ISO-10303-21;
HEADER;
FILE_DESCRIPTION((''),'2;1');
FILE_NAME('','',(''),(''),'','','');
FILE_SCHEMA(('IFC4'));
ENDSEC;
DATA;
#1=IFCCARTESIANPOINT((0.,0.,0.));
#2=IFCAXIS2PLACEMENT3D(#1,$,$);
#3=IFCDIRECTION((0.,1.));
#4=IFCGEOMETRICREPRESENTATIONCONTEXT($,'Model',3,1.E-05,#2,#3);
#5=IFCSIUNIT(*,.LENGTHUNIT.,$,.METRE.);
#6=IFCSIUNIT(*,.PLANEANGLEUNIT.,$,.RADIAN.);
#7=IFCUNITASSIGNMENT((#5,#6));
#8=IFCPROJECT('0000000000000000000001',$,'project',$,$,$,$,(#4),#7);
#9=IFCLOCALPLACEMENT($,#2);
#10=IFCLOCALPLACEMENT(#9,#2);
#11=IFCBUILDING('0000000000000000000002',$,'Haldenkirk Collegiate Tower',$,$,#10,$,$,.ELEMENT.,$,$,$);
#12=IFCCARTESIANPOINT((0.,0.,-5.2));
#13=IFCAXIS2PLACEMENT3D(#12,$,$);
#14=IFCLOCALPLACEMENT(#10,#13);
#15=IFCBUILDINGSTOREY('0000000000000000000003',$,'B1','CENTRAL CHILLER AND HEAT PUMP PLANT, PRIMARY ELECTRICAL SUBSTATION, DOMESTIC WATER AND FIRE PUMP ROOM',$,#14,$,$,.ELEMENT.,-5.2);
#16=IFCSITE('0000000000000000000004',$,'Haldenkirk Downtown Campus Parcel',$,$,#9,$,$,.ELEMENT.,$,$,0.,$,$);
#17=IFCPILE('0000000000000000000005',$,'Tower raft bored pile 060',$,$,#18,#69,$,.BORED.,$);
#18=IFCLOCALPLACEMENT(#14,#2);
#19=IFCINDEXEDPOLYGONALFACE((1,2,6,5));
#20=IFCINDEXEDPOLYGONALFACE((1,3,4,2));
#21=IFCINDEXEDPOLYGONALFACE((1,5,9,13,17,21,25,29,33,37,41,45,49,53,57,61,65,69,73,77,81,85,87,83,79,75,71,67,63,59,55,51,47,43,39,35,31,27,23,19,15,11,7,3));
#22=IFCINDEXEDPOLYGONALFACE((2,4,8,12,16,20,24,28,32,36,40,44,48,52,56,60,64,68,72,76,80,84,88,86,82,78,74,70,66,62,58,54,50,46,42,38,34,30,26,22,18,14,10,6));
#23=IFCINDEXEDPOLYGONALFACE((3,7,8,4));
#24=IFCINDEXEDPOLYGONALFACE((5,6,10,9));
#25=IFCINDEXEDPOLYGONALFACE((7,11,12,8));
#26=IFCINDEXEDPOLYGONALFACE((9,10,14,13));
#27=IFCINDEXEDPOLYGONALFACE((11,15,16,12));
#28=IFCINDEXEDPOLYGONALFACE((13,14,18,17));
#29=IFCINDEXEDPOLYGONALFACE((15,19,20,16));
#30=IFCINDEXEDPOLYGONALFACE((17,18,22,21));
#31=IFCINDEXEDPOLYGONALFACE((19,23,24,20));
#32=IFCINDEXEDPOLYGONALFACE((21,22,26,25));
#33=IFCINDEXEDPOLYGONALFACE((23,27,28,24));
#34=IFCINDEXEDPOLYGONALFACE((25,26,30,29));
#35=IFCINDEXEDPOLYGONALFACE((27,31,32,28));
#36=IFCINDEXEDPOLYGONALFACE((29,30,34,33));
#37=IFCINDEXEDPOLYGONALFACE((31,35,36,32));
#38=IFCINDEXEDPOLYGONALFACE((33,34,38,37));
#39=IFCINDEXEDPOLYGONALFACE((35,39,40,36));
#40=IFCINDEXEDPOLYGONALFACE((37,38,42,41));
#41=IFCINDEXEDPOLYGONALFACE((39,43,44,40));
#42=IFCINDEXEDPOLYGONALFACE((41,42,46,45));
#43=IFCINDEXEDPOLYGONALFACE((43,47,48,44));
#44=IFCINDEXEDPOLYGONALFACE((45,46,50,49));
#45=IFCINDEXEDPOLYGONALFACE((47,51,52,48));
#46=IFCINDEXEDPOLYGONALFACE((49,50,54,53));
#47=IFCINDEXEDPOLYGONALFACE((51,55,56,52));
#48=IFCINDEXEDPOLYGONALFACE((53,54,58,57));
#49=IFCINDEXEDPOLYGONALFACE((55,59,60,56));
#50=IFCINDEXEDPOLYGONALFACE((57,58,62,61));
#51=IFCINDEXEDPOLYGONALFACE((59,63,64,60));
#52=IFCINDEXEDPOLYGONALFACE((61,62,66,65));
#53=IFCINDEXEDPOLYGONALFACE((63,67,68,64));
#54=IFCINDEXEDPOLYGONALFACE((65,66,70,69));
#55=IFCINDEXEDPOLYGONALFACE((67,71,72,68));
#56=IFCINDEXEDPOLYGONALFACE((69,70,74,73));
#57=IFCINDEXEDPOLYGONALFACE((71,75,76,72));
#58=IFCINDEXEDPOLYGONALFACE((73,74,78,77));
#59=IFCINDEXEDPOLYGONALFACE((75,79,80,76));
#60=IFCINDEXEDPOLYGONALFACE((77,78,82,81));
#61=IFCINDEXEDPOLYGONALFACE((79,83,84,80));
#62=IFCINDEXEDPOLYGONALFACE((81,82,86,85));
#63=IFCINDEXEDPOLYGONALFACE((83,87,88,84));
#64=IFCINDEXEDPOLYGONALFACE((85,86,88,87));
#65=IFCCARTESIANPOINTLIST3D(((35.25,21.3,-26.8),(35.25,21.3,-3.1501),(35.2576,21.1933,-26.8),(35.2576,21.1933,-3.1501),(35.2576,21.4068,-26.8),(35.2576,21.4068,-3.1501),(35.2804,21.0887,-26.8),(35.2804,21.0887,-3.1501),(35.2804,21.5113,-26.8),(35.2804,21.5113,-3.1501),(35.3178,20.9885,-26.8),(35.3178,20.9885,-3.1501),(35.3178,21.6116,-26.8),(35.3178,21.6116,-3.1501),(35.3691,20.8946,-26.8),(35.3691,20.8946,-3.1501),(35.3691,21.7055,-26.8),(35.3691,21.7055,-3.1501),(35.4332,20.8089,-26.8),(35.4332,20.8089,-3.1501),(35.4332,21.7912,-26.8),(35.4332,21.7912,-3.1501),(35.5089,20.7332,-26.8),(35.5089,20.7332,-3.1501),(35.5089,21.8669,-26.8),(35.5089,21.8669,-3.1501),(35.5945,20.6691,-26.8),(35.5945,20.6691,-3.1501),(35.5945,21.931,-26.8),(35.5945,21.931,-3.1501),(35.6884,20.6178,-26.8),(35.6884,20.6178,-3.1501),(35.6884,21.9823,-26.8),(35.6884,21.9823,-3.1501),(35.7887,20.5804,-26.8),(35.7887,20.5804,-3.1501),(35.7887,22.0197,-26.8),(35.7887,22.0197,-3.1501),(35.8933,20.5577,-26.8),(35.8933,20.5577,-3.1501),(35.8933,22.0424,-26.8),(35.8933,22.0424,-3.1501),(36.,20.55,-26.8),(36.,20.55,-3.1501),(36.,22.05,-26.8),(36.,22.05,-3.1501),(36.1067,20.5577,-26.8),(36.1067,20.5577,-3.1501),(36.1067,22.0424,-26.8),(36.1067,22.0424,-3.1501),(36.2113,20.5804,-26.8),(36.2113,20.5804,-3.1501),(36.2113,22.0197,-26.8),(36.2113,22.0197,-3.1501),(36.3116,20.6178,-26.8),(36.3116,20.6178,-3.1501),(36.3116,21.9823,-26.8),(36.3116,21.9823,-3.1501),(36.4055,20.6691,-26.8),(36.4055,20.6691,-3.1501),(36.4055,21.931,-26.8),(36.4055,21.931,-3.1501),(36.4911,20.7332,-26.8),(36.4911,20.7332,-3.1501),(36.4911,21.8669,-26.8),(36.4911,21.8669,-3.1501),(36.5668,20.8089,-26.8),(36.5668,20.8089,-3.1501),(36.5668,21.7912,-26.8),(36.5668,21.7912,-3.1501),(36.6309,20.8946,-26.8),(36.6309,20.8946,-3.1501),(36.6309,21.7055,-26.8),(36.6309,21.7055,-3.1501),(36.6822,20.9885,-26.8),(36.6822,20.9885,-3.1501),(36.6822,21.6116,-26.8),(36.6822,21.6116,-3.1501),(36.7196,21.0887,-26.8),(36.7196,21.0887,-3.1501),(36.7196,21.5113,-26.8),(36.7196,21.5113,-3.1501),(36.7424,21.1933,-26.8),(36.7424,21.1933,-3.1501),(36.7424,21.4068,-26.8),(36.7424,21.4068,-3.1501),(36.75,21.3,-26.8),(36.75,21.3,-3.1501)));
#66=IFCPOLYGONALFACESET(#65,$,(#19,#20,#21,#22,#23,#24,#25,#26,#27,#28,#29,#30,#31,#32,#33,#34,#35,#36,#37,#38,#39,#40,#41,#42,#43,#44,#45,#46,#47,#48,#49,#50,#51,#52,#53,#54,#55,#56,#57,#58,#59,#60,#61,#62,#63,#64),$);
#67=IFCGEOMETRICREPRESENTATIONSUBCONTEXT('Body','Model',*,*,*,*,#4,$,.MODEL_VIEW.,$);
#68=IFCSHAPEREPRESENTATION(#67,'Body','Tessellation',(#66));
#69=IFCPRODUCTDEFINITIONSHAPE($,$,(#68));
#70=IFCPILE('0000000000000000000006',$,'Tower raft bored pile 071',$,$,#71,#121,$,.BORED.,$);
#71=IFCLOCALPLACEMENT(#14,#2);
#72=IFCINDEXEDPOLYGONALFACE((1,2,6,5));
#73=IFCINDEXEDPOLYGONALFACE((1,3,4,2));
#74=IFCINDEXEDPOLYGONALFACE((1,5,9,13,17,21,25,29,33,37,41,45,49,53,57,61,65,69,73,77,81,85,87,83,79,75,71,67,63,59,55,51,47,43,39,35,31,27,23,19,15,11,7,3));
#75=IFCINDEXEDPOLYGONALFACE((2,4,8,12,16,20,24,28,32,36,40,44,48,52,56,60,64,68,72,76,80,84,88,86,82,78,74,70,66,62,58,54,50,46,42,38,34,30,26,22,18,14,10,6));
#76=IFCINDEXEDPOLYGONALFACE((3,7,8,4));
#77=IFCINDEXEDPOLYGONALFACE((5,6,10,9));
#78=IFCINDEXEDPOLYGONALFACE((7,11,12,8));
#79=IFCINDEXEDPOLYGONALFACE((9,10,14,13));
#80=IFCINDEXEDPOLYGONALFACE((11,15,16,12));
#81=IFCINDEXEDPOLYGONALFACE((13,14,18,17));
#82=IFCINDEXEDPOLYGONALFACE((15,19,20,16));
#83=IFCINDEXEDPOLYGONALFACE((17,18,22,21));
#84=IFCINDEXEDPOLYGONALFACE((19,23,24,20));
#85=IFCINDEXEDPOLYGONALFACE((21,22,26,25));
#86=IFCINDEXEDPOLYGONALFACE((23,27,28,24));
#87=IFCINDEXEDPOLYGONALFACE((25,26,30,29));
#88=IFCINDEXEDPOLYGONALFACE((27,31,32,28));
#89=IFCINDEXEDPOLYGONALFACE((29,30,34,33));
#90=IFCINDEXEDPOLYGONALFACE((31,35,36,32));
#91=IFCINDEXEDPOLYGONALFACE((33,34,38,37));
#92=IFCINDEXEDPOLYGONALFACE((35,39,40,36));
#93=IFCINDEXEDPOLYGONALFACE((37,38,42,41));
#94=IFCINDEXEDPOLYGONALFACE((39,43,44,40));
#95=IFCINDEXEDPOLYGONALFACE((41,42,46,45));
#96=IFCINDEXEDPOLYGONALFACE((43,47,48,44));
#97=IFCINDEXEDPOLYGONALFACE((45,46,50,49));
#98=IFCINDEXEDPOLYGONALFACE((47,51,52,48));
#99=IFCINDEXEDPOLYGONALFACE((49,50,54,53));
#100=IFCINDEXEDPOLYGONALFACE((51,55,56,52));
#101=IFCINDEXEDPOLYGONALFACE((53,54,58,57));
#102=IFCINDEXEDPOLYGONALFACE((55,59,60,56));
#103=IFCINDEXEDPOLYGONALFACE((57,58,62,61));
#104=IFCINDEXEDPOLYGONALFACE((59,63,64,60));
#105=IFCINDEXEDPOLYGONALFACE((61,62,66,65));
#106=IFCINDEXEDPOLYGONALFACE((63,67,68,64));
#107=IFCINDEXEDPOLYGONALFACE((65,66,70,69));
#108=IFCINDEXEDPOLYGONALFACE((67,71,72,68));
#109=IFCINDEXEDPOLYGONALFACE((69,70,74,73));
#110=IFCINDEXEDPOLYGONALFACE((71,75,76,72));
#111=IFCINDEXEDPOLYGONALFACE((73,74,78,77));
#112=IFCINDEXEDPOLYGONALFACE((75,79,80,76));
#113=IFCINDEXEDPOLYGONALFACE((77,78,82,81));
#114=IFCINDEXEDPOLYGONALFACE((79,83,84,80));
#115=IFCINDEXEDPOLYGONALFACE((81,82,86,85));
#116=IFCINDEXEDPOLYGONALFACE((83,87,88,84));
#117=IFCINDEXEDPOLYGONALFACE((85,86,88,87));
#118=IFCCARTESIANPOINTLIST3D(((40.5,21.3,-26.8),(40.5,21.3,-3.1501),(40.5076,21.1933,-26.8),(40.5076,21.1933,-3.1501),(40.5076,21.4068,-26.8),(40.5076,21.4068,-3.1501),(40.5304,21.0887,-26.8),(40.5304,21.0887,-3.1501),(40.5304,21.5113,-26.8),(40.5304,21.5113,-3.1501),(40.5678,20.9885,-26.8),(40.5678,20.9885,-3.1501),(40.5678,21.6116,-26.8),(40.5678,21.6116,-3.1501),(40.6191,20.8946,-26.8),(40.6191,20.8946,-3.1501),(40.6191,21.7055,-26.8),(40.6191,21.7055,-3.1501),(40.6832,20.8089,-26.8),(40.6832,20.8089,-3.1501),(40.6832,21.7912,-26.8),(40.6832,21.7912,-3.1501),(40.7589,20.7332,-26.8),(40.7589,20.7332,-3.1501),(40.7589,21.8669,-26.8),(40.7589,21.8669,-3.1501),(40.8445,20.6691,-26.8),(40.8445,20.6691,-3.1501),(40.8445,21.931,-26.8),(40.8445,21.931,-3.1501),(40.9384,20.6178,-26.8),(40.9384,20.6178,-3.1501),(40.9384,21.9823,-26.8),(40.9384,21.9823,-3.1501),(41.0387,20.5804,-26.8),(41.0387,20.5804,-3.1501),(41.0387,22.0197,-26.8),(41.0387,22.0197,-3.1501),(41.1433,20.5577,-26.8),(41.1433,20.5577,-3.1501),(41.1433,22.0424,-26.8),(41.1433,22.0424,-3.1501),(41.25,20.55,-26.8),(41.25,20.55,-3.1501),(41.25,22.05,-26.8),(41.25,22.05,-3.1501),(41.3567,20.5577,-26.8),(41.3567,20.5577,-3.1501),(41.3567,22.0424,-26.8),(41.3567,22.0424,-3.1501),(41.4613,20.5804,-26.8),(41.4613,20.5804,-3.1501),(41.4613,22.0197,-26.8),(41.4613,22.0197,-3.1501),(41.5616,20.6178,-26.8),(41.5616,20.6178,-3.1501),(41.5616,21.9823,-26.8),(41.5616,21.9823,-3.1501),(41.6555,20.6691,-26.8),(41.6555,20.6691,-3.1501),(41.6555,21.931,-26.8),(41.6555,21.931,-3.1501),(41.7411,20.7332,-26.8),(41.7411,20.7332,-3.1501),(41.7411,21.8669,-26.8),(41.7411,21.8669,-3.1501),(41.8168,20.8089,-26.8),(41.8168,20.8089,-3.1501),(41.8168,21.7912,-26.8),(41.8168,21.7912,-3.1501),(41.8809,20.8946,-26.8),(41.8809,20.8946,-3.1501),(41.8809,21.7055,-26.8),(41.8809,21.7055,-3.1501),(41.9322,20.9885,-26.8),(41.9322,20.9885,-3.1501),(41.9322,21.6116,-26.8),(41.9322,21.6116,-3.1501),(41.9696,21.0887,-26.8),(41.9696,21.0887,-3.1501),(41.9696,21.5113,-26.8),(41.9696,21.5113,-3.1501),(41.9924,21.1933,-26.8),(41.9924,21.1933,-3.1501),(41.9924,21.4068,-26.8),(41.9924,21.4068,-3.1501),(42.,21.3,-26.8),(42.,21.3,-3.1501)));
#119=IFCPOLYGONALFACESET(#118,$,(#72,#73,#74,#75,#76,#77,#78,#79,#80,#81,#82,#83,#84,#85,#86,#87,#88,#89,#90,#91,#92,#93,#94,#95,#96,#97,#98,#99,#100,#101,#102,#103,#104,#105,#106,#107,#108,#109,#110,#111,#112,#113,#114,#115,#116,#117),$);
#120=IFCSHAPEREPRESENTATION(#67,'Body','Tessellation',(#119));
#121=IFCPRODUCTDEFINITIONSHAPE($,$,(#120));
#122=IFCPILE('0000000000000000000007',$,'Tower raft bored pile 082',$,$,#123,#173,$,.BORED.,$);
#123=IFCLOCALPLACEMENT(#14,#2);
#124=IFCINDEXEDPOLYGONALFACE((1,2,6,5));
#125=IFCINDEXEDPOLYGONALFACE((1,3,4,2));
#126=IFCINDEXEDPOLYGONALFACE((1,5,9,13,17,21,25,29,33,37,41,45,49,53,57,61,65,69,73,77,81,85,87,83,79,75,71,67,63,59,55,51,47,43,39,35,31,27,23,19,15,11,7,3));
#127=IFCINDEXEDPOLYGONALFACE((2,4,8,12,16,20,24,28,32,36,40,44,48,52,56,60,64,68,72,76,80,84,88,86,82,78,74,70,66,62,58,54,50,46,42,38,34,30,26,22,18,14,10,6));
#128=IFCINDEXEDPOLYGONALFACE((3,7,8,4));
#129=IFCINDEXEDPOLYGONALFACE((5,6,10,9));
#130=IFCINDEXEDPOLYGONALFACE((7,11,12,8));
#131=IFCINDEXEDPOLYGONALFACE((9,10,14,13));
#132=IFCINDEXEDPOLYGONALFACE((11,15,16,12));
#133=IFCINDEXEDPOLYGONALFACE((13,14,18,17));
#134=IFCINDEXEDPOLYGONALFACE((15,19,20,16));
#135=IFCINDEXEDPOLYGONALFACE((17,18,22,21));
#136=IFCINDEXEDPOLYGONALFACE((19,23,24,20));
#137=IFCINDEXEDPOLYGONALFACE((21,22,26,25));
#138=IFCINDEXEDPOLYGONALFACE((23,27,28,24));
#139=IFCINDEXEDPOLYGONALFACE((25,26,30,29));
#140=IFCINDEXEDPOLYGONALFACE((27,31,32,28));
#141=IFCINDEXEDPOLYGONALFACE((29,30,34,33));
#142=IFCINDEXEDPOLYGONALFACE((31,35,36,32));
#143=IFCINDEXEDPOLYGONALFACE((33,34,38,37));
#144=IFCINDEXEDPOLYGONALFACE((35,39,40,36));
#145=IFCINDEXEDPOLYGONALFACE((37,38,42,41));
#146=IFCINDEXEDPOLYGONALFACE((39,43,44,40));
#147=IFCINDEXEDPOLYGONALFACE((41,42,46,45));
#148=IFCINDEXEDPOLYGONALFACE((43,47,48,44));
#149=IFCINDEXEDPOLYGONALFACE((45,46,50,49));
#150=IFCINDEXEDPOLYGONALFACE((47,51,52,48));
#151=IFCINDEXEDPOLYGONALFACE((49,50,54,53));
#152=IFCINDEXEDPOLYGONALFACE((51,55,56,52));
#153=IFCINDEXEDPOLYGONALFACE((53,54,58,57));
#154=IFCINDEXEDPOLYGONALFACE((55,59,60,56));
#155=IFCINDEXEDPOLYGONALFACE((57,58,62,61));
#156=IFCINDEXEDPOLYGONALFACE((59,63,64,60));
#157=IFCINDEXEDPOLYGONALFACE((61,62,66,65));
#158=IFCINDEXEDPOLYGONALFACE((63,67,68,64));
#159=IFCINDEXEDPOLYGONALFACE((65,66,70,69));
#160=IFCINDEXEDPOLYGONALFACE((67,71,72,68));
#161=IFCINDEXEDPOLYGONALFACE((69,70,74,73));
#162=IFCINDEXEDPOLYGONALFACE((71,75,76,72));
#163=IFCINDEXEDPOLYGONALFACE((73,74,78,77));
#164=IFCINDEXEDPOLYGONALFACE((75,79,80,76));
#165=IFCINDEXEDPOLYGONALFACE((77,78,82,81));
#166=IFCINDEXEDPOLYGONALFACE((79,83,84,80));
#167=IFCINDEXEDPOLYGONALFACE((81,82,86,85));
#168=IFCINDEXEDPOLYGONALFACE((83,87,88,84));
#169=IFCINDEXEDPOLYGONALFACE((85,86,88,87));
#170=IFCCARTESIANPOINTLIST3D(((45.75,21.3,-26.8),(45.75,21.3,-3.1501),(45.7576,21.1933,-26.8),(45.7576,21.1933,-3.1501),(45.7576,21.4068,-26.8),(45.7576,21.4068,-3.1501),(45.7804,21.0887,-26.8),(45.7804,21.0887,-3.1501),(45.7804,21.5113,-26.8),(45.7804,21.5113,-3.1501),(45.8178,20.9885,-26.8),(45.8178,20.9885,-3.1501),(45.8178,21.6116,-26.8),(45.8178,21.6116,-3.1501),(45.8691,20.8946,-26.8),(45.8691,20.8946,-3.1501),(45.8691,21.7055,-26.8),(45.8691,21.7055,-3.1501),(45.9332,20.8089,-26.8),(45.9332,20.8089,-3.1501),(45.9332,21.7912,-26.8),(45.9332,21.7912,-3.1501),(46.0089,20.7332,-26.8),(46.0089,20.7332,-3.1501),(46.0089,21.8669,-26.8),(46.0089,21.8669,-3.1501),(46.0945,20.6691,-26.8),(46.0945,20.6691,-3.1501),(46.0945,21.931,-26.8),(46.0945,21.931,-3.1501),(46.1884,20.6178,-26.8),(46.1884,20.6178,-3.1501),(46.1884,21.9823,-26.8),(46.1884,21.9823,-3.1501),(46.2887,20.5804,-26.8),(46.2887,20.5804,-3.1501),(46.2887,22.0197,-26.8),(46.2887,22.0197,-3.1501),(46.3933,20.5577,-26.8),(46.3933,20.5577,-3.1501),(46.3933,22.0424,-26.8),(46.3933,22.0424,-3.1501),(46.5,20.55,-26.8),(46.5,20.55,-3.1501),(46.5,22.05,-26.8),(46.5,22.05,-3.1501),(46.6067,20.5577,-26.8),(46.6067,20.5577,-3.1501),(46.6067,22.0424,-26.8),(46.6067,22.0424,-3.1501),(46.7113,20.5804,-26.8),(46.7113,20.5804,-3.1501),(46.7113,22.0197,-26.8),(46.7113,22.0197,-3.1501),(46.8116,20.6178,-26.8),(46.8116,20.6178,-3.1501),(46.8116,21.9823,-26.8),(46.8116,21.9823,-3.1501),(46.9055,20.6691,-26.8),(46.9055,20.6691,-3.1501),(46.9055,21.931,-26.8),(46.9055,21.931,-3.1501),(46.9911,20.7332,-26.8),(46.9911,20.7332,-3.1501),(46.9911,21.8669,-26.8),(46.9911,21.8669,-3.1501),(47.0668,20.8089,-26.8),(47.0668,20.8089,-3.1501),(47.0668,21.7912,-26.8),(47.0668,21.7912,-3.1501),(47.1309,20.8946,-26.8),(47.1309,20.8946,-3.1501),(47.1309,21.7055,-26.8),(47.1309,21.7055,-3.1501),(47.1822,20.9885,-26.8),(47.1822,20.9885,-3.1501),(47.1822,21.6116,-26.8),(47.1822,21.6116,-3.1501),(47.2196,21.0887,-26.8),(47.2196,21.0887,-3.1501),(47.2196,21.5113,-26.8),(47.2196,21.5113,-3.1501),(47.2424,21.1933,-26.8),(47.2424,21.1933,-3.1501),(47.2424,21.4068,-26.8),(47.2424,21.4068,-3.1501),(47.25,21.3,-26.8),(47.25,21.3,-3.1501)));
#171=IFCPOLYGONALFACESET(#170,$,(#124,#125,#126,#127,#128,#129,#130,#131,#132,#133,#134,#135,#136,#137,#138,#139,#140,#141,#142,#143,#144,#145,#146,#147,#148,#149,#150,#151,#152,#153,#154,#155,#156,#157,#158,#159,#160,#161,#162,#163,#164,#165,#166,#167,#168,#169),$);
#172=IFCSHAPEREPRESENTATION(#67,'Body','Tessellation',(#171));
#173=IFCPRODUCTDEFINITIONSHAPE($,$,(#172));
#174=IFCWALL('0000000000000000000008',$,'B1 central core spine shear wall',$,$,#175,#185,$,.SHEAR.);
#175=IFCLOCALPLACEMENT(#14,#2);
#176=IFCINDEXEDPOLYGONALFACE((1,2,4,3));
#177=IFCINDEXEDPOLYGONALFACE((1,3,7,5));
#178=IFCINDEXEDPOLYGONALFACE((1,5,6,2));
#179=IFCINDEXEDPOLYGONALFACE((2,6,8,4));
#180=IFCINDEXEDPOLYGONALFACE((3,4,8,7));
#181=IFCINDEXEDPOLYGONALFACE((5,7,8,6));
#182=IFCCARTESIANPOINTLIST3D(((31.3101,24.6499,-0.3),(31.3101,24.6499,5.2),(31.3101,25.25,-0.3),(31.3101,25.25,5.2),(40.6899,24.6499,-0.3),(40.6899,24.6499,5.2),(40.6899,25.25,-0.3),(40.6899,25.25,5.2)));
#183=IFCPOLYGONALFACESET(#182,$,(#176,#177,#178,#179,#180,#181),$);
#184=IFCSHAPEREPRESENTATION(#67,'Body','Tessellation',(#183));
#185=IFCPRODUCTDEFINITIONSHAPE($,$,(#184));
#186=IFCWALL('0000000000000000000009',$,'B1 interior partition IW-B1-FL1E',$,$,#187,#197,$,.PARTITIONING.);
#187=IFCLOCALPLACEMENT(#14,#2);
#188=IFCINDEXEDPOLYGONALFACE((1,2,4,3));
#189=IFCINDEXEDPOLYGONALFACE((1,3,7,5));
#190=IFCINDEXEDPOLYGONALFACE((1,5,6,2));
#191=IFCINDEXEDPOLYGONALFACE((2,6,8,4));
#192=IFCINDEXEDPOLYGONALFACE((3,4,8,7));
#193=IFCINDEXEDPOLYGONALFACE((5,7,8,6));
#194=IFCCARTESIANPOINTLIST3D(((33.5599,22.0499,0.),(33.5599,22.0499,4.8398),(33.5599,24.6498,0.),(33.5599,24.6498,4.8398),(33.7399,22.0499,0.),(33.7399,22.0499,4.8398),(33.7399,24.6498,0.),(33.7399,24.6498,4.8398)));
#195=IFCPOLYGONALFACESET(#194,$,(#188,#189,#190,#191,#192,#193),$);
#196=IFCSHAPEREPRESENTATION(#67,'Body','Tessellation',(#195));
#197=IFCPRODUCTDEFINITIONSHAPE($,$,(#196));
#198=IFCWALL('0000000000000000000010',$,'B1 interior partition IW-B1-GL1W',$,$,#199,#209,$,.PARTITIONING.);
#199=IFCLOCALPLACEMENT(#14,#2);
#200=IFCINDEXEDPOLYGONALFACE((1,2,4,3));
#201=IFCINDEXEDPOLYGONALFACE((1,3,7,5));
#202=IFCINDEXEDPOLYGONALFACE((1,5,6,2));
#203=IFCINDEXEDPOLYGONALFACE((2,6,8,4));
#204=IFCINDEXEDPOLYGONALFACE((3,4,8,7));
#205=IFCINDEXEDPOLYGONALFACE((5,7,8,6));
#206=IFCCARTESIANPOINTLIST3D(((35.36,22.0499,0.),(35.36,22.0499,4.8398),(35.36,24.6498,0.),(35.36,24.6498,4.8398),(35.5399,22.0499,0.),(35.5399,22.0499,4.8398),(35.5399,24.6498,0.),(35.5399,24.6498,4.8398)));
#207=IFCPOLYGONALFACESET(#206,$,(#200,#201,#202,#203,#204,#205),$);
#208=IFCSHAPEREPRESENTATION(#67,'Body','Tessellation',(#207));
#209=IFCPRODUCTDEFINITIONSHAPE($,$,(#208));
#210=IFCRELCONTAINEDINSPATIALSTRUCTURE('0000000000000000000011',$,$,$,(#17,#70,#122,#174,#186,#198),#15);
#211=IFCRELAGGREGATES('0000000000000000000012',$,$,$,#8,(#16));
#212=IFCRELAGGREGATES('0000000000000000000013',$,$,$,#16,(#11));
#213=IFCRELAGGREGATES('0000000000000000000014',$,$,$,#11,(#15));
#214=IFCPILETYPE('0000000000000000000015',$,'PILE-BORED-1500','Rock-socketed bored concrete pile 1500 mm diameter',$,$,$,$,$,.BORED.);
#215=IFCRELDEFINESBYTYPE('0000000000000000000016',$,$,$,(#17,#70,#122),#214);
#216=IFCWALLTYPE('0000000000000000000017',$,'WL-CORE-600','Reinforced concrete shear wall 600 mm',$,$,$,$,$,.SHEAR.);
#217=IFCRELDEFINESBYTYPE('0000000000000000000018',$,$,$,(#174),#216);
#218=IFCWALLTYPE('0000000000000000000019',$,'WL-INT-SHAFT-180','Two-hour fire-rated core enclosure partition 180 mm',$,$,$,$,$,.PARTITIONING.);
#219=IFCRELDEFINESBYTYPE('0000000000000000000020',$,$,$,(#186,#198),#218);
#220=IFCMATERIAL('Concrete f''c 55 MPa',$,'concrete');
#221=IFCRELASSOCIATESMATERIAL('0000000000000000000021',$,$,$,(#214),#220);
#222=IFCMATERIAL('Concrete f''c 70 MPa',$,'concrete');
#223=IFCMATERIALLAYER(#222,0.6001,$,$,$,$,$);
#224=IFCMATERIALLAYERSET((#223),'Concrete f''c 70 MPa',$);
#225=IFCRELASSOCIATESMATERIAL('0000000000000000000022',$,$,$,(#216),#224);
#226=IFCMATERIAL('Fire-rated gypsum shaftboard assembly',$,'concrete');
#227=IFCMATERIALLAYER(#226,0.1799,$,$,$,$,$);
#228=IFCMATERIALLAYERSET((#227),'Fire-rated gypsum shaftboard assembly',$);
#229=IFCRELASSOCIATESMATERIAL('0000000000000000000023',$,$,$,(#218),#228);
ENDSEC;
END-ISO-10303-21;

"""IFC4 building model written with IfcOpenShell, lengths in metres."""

from ifc_helpers import new_model, si_unit, direction, frame, frame_2d, origin, origin_2d, place, context, subcontext, project, spatial, rectangle, circle, extrude, material, layer, layer_set, material_profile, profile_set, type_object, element, save


model = new_model("IFC4")

# Units and contexts
model_context = context("Model", 3, precision=1e-05, world=origin(), true_north=direction((0.0, 1.0)))
body_context = subcontext(model_context, "Body", "Model", "MODEL_VIEW")
ifc_project = project(units=[si_unit("LENGTHUNIT", "METRE"), si_unit("PLANEANGLEUNIT", "RADIAN")], contexts=[model_context])

# Site, building, storey
site_placement = place(None, origin())
site = spatial("IfcSite", under=ifc_project, at=site_placement, Name="Haldenkirk Downtown Campus Parcel", CompositionType="ELEMENT", RefElevation=0.0)
building_placement = place(site_placement, origin())
building = spatial("IfcBuilding", under=site, at=building_placement, Name="Haldenkirk Collegiate Tower", CompositionType="ELEMENT")
storey_placement = place(building_placement, frame((0.0, 0.0, -5.2)))
storey = spatial("IfcBuildingStorey", under=building, at=storey_placement, Name="B1", Description="CENTRAL CHILLER AND HEAT PUMP PLANT, PRIMARY ELECTRICAL SUBSTATION, DOMESTIC WATER AND FIRE PUMP ROOM", CompositionType="ELEMENT", Elevation=-5.2)

# Piles
ifc_material_1 = material(Name="Concrete f'c 55 MPa", Category="concrete")
ifc_material_profile = material_profile(ifc_material_1, circle(Radius=0.75, at=origin_2d()), Name="PILE1500")
ifc_profile_set = profile_set([ifc_material_profile], Name="Concrete f'c 55 MPa")
pile_type = type_object("IfcPileType", Name="PILE-BORED-1500", Description="Rock-socketed bored concrete pile 1500 mm diameter", PredefinedType="BORED", material=ifc_profile_set)
for number, where, z_axis, x_axis, name in (
    (1, (36.0, 21.3, -3.1501), (0.0, 0.0, -1.0), (1.0, 0.0, 0.0), "Tower raft bored pile 060"),
    (2, (41.25, 21.3, -3.1501), (0.0, 0.0, -1.0), (1.0, 0.0, 0.0), "Tower raft bored pile 071"),
    (3, (46.5, 21.3, -3.1501), (0.0, 0.0, -1.0), (1.0, 0.0, 0.0), "Tower raft bored pile 082"),
):
    element("IfcPile", number, at=place(storey_placement, frame(where, z_axis=z_axis, x_axis=x_axis)), inside=storey, type_object=pile_type, Name=name, PredefinedType="BORED", context=body_context, shape_type="SweptSolid", body=[
        extrude(circle(Radius=0.75, at=origin_2d()), origin(), (0.0, 0.0, 1.0), 23.6499),
    ])

# Walls
ifc_material_2 = material(Name="Concrete f'c 70 MPa", Category="concrete")
ifc_layer_1 = layer(ifc_material_2, 0.6001)
ifc_layer_set_1 = layer_set([ifc_layer_1], Name="Concrete f'c 70 MPa")
wall_type_1 = type_object("IfcWallType", Name="WL-CORE-600", Description="Reinforced concrete shear wall 600 mm", PredefinedType="SHEAR", material=ifc_layer_set_1)
wall_1_placement = place(storey_placement, frame((31.3101, 24.95, -0.3), z_axis=(0.0, 0.0, 1.0), x_axis=(1.0, 0.0, 0.0)))
element("IfcWall", 4, at=wall_1_placement, inside=storey, type_object=wall_type_1, Name="B1 central core spine shear wall", PredefinedType="SHEAR", context=body_context, shape_type="SweptSolid", body=[
    extrude(rectangle(XDim=9.3799, YDim=0.6001, at=frame_2d((4.6899, 0.0))), origin(), (0.0, 0.0, 1.0), 5.5),
])
ifc_material_3 = material(Name="Fire-rated gypsum shaftboard assembly", Category="concrete")
ifc_layer_2 = layer(ifc_material_3, 0.1799)
ifc_layer_set_2 = layer_set([ifc_layer_2], Name="Fire-rated gypsum shaftboard assembly")
wall_type_2 = type_object("IfcWallType", Name="WL-INT-SHAFT-180", Description="Two-hour fire-rated core enclosure partition 180 mm", PredefinedType="PARTITIONING", material=ifc_layer_set_2)
for number, where, z_axis, x_axis, name in (
    (5, (33.6499, 22.05, 0.0), (0.0, 0.0, 1.0), (0.0, 1.0, 0.0), "B1 interior partition IW-B1-FL1E"),
    (6, (35.45, 22.05, 0.0), (0.0, 0.0, 1.0), (0.0, 1.0, 0.0), "B1 interior partition IW-B1-GL1W"),
):
    element("IfcWall", number, at=place(storey_placement, frame(where, z_axis=z_axis, x_axis=x_axis)), inside=storey, type_object=wall_type_2, Name=name, PredefinedType="PARTITIONING", context=body_context, shape_type="SweptSolid", body=[
        extrude(rectangle(XDim=2.5999, YDim=0.1799, at=frame_2d((1.2998, 0.0))), origin(), (0.0, 0.0, 1.0), 4.8398),
    ])

save(model, "model.ifc")
